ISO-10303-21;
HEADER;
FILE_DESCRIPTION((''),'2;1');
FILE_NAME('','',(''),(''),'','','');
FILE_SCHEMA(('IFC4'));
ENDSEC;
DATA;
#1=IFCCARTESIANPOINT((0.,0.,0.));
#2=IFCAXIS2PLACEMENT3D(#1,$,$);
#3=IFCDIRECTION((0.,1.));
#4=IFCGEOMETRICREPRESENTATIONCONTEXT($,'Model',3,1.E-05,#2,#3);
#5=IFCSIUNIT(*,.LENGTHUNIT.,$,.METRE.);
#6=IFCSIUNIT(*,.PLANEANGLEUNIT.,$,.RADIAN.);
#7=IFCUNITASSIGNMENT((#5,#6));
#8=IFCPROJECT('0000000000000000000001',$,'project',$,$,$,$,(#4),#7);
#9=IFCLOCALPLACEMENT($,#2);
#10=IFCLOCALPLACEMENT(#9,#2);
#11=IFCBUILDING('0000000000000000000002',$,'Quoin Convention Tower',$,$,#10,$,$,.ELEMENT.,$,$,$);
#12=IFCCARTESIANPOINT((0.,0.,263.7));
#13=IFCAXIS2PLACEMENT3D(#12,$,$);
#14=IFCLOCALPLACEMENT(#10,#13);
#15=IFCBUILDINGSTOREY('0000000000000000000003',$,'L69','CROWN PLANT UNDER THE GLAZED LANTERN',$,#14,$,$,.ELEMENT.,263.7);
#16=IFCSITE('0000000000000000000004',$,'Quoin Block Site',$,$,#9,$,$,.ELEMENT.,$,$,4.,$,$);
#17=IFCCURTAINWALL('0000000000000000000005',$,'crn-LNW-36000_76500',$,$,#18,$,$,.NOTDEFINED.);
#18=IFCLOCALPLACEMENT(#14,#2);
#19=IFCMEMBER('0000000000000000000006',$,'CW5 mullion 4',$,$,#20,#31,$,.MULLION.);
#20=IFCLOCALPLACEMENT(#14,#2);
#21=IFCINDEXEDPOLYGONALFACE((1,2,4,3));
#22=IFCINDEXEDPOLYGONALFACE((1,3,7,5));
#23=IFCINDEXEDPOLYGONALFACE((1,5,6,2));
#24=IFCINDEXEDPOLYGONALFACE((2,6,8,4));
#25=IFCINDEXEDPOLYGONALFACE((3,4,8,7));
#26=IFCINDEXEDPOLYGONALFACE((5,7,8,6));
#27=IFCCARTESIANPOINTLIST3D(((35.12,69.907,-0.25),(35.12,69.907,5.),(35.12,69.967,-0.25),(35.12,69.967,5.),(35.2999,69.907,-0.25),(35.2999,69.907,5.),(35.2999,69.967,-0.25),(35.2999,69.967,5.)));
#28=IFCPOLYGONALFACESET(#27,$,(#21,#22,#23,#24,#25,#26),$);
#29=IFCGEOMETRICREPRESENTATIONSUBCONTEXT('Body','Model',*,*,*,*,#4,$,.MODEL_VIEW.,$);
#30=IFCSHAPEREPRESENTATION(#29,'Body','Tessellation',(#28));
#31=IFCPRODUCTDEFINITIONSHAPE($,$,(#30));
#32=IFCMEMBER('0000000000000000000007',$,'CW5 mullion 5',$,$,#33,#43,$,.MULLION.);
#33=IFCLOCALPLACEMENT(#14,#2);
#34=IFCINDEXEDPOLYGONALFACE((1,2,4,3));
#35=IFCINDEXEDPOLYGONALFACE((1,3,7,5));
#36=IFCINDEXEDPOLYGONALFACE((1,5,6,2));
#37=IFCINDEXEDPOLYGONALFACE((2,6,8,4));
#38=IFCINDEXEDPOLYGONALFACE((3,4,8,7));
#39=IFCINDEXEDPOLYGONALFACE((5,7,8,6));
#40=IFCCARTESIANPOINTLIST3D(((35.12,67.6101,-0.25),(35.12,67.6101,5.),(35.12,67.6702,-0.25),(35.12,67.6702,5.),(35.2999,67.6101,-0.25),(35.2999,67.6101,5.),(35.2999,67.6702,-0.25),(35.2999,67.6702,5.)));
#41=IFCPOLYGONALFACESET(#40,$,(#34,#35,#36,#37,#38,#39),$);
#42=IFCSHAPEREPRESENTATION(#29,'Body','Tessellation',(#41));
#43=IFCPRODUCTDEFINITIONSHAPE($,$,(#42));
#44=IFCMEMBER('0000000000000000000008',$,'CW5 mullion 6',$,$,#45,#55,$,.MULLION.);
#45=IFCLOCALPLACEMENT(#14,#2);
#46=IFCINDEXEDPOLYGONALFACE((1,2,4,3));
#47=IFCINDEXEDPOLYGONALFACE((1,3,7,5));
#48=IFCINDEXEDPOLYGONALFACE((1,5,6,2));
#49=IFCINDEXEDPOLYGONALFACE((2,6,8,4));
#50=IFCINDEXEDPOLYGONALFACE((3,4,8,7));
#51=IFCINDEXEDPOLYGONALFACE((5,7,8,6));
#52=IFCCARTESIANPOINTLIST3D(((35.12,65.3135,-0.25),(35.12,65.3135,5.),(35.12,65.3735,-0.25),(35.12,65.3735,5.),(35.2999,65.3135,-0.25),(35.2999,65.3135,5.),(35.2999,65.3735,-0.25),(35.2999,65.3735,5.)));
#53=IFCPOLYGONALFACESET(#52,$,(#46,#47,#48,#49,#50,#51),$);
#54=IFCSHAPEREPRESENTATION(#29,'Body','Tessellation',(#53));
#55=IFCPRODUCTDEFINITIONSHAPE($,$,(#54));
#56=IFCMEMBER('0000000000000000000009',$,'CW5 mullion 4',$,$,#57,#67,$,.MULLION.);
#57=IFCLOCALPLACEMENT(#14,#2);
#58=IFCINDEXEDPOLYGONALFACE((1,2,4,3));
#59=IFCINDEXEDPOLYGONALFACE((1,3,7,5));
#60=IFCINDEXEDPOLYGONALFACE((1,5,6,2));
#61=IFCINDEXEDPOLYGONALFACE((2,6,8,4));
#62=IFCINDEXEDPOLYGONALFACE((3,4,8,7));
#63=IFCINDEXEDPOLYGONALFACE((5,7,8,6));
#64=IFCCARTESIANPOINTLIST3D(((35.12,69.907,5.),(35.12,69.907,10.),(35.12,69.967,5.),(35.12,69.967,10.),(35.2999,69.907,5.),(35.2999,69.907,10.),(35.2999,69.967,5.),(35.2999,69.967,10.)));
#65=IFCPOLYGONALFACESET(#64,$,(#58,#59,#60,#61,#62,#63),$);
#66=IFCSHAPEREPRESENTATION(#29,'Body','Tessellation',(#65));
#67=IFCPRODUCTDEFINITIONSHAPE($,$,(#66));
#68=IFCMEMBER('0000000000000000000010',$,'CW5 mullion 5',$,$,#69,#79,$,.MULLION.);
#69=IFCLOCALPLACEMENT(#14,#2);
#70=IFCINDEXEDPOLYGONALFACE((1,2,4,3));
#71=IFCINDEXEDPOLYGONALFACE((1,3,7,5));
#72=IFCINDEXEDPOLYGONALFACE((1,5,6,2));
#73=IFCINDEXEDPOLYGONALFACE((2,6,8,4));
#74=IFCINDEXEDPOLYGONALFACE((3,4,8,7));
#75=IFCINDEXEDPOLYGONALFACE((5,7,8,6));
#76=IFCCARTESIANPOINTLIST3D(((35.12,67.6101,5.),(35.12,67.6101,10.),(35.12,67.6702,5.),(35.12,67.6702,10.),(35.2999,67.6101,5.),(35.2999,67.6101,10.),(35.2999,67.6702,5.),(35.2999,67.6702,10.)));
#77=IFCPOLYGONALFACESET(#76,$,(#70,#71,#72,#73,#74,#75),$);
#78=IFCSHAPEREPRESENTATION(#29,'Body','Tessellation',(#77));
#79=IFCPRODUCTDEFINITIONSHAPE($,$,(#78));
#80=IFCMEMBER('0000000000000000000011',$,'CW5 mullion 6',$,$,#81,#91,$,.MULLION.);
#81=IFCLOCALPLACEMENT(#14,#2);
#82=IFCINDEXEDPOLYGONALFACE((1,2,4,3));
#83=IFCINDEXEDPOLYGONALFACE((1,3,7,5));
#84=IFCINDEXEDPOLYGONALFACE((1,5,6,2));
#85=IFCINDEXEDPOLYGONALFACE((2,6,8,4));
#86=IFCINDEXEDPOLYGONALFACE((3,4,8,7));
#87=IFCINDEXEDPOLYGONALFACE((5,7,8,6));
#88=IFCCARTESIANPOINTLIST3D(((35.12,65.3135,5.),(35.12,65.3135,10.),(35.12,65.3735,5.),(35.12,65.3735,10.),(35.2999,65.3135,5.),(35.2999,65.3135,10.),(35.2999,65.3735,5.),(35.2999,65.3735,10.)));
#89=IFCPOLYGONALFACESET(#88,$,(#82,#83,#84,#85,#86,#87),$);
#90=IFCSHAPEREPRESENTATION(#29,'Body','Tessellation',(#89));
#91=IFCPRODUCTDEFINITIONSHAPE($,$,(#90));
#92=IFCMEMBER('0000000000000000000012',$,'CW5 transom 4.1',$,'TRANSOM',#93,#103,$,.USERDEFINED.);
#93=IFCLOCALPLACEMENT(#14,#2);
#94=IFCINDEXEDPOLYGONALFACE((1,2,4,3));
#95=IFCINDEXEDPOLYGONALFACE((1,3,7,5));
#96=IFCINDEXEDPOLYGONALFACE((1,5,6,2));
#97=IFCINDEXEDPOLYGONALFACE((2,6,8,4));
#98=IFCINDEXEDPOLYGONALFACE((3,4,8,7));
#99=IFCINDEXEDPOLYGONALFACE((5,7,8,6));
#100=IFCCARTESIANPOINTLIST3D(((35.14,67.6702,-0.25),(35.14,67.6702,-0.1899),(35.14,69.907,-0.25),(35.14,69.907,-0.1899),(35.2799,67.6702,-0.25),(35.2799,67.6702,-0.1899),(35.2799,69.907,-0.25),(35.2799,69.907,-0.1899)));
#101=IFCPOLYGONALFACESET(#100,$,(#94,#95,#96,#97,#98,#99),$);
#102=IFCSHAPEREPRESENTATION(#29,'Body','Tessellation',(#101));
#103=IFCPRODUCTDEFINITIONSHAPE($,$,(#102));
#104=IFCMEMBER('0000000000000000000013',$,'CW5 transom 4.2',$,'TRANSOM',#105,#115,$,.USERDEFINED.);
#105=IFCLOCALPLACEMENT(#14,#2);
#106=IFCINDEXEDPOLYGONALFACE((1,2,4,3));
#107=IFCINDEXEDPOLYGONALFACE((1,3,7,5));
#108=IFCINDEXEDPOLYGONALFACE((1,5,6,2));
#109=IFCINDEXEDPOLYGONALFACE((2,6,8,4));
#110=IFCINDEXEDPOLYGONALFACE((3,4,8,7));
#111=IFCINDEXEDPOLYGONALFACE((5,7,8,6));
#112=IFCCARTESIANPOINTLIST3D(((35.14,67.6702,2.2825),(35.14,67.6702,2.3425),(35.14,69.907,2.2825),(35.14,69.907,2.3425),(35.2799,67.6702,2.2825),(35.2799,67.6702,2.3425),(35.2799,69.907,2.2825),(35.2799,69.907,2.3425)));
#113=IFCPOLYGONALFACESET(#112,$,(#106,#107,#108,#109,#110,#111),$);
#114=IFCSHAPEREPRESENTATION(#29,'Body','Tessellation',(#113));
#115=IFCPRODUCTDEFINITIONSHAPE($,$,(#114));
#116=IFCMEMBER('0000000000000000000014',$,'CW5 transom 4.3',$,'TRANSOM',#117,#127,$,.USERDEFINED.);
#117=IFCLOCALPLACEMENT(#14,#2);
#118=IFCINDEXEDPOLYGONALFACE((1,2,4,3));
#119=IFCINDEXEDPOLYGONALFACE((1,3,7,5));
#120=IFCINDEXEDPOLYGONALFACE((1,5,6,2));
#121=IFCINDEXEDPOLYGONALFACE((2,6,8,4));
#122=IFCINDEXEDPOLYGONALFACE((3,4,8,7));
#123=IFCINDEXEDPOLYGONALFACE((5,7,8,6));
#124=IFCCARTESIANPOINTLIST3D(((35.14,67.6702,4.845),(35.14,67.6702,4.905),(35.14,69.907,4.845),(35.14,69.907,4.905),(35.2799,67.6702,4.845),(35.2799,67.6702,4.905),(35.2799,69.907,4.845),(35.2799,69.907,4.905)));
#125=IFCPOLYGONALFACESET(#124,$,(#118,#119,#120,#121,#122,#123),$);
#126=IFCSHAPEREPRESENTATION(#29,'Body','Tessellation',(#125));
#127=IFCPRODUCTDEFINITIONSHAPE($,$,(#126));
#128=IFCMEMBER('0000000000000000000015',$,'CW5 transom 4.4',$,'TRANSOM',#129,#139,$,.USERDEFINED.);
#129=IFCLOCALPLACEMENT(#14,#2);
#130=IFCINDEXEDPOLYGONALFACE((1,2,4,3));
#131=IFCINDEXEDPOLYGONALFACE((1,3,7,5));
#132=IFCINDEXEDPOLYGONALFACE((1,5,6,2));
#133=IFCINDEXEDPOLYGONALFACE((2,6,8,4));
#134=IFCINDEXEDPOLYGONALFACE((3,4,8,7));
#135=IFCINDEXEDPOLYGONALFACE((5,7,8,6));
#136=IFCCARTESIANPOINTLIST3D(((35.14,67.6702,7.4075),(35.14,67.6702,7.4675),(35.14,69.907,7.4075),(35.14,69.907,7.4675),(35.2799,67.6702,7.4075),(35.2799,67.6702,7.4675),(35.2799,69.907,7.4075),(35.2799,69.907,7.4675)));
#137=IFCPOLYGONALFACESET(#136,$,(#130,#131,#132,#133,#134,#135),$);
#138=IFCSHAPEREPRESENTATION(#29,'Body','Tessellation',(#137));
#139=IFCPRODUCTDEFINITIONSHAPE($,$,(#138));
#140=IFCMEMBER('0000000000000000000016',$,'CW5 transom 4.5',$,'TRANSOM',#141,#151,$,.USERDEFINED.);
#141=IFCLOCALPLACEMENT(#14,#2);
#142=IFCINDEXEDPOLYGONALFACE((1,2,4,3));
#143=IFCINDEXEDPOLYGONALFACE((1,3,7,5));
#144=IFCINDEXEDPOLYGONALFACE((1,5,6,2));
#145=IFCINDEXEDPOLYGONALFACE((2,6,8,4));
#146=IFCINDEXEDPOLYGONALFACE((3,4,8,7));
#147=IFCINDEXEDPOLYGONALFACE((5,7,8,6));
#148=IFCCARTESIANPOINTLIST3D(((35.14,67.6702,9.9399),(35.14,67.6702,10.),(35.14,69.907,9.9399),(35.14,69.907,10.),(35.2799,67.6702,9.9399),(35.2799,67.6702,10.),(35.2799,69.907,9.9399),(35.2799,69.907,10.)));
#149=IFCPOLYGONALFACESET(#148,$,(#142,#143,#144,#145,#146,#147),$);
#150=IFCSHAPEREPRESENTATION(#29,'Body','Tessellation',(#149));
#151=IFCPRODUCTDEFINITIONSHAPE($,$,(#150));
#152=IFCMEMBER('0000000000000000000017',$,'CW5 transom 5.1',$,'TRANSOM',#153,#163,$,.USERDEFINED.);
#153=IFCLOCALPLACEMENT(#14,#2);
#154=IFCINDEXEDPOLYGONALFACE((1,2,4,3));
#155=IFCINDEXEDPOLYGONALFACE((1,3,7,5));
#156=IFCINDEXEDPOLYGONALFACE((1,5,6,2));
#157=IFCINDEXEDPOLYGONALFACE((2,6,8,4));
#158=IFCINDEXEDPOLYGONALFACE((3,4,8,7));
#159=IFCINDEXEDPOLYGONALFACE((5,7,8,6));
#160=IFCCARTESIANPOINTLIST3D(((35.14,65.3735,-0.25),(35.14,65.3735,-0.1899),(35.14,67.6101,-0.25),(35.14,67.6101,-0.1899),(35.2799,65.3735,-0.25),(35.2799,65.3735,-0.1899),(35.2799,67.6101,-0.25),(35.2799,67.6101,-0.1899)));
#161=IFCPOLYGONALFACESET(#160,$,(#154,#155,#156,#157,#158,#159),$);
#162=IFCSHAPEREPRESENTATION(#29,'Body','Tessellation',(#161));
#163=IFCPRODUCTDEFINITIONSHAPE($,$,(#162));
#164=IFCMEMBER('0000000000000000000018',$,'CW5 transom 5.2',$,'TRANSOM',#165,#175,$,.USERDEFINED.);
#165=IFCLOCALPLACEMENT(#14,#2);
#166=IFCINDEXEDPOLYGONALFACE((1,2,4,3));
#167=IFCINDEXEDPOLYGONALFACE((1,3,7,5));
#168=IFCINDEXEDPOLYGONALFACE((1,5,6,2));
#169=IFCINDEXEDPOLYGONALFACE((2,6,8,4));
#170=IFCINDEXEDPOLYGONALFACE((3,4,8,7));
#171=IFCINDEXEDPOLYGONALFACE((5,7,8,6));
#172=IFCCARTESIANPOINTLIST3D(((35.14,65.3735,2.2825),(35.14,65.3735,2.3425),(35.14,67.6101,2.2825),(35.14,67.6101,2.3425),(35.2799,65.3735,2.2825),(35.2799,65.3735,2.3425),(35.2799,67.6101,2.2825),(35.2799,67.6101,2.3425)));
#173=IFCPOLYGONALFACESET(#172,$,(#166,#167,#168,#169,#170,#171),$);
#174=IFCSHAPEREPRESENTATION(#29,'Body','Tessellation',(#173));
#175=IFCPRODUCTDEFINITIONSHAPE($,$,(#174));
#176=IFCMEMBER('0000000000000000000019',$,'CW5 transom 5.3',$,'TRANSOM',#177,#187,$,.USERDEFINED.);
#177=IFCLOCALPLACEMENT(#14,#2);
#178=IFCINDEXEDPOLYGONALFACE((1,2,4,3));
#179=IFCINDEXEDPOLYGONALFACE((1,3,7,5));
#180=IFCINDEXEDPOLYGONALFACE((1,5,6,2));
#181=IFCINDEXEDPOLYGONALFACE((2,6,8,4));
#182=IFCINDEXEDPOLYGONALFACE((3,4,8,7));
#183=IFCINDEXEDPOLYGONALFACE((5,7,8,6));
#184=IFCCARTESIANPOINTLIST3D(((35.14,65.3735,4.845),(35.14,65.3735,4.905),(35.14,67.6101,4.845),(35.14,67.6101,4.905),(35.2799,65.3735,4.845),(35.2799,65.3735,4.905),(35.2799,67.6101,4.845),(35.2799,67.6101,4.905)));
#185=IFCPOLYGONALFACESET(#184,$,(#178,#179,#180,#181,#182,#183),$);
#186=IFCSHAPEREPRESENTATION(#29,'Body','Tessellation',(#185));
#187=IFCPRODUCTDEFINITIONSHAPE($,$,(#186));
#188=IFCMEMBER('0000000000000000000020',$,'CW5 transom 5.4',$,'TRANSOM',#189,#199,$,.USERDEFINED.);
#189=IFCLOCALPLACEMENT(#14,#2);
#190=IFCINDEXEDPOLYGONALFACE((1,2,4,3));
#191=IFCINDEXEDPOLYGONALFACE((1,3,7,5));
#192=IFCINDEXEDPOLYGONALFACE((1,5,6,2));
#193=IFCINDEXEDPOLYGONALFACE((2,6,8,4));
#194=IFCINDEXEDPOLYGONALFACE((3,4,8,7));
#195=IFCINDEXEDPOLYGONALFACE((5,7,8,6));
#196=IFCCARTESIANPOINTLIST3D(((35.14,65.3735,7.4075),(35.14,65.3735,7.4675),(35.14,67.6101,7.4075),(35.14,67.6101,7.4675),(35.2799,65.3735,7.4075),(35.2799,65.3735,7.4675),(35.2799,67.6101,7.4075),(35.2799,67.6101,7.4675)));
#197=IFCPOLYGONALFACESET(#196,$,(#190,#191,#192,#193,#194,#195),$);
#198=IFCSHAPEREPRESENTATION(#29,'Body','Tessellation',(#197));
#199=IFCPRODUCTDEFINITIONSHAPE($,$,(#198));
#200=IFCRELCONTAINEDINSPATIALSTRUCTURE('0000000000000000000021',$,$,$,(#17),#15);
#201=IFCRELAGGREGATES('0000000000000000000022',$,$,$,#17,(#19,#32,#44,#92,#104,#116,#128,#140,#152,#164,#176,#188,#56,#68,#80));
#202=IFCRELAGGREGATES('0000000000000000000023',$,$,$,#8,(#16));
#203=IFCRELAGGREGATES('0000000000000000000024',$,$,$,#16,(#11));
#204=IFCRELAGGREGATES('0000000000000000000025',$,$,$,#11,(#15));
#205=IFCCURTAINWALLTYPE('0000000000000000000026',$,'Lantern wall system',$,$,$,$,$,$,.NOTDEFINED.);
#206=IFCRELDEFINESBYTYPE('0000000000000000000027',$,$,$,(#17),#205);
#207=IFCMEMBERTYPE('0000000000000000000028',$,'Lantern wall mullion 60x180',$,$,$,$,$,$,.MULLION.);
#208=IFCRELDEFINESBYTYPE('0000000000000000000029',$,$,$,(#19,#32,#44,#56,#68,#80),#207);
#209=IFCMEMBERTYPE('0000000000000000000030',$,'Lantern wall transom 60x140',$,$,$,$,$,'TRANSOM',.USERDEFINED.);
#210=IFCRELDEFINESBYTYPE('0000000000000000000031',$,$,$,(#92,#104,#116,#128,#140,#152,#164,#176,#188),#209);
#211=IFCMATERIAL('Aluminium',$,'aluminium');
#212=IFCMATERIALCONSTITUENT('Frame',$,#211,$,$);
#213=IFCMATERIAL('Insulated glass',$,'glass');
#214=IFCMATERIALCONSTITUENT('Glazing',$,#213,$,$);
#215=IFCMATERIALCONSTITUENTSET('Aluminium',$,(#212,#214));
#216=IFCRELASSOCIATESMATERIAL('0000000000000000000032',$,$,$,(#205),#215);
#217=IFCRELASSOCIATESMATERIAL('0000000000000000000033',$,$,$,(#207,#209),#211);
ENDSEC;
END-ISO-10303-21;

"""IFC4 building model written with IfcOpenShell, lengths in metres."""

from ifc_helpers import new_model, si_unit, direction, frame, origin, origin_2d, place, context, subcontext, project, spatial, rectangle, extrude, material, constituent, constituent_set, material_profile, profile_set, type_object, element, aggregate, save


model = new_model("IFC4")

# Units and contexts
model_context = context("Model", 3, precision=1e-05, world=origin(), true_north=direction((0.0, 1.0)))
body_context = subcontext(model_context, "Body", "Model", "MODEL_VIEW")
ifc_project = project(units=[si_unit("LENGTHUNIT", "METRE"), si_unit("PLANEANGLEUNIT", "RADIAN")], contexts=[model_context])

# Site, building, storey
site_placement = place(None, origin())
site = spatial("IfcSite", under=ifc_project, at=site_placement, Name="Quoin Block Site", CompositionType="ELEMENT", RefElevation=4.0)
building_placement = place(site_placement, origin())
building = spatial("IfcBuilding", under=site, at=building_placement, Name="Quoin Convention Tower", CompositionType="ELEMENT")
storey_placement = place(building_placement, frame((0.0, 0.0, 263.7)))
storey = spatial("IfcBuildingStorey", under=building, at=storey_placement, Name="L69", Description="CROWN PLANT UNDER THE GLAZED LANTERN", CompositionType="ELEMENT", Elevation=263.7)

# Curtain wall, members
ifc_material_1 = material(Name="Aluminium", Category="aluminium")
ifc_constituent_1 = constituent(ifc_material_1, Name="Frame")
ifc_material_2 = material(Name="Insulated glass", Category="glass")
ifc_constituent_2 = constituent(ifc_material_2, Name="Glazing")
ifc_constituent_set = constituent_set(constituents=[ifc_constituent_1, ifc_constituent_2], Name="Aluminium")
curtain_wall_type = type_object("IfcCurtainWallType", Name="Lantern wall system", PredefinedType="NOTDEFINED", material=ifc_constituent_set)
curtain_wall_placement = place(storey_placement, origin())
curtain_wall = element("IfcCurtainWall", 1, at=curtain_wall_placement, inside=storey, type_object=curtain_wall_type, Name="crn-LNW-36000_76500", PredefinedType="NOTDEFINED")
ifc_material_profile_1 = material_profile(ifc_material_1, rectangle(XDim=0.1799, YDim=0.0601, at=origin_2d()), Name="Lantern wall mullion 60x180")
ifc_profile_set_1 = profile_set([ifc_material_profile_1], Name="Aluminium")
member_type_1 = type_object("IfcMemberType", Name="Lantern wall mullion 60x180", PredefinedType="MULLION", material=ifc_profile_set_1)
member_1_placement = place(storey_placement, frame((35.21, 69.937, -0.25), z_axis=(0.0, 0.0, 1.0), x_axis=(1.0, 0.0, 0.0)))
member_1 = element("IfcMember", 2, at=member_1_placement, type_object=member_type_1, Name="CW5 mullion 4", PredefinedType="MULLION", context=body_context, shape_type="SweptSolid", body=[
    extrude(rectangle(XDim=0.1799, YDim=0.0601, at=origin_2d()), origin(), (0.0, 0.0, 1.0), 5.25),
])
member_2_placement = place(storey_placement, frame((35.21, 67.6401, -0.25), z_axis=(0.0, 0.0, 1.0), x_axis=(1.0, 0.0, 0.0)))
member_2 = element("IfcMember", 3, at=member_2_placement, type_object=member_type_1, Name="CW5 mullion 5", PredefinedType="MULLION", context=body_context, shape_type="SweptSolid", body=[
    extrude(rectangle(XDim=0.1799, YDim=0.0601, at=origin_2d()), origin(), (0.0, 0.0, 1.0), 5.25),
])
member_3_placement = place(storey_placement, frame((35.21, 65.3435, -0.25), z_axis=(0.0, 0.0, 1.0), x_axis=(1.0, 0.0, 0.0)))
member_3 = element("IfcMember", 4, at=member_3_placement, type_object=member_type_1, Name="CW5 mullion 6", PredefinedType="MULLION", context=body_context, shape_type="SweptSolid", body=[
    extrude(rectangle(XDim=0.1799, YDim=0.0601, at=origin_2d()), origin(), (0.0, 0.0, 1.0), 5.25),
])
member_4_placement = place(storey_placement, frame((35.21, 69.937, 5.0), z_axis=(0.0, 0.0, 1.0), x_axis=(1.0, 0.0, 0.0)))
member_4 = element("IfcMember", 5, at=member_4_placement, type_object=member_type_1, Name="CW5 mullion 4", PredefinedType="MULLION", context=body_context, shape_type="SweptSolid", body=[
    extrude(rectangle(XDim=0.1799, YDim=0.0601, at=origin_2d()), origin(), (0.0, 0.0, 1.0), 5.0),
])
member_5_placement = place(storey_placement, frame((35.21, 67.6401, 5.0), z_axis=(0.0, 0.0, 1.0), x_axis=(1.0, 0.0, 0.0)))
member_5 = element("IfcMember", 6, at=member_5_placement, type_object=member_type_1, Name="CW5 mullion 5", PredefinedType="MULLION", context=body_context, shape_type="SweptSolid", body=[
    extrude(rectangle(XDim=0.1799, YDim=0.0601, at=origin_2d()), origin(), (0.0, 0.0, 1.0), 5.0),
])
member_6_placement = place(storey_placement, frame((35.21, 65.3435, 5.0), z_axis=(0.0, 0.0, 1.0), x_axis=(1.0, 0.0, 0.0)))
member_6 = element("IfcMember", 7, at=member_6_placement, type_object=member_type_1, Name="CW5 mullion 6", PredefinedType="MULLION", context=body_context, shape_type="SweptSolid", body=[
    extrude(rectangle(XDim=0.1799, YDim=0.0601, at=origin_2d()), origin(), (0.0, 0.0, 1.0), 5.0),
])
ifc_material_profile_2 = material_profile(ifc_material_1, rectangle(XDim=0.1399, YDim=0.0601, at=origin_2d()), Name="Lantern wall transom 60x140")
ifc_profile_set_2 = profile_set([ifc_material_profile_2], Name="Aluminium")
member_type_2 = type_object("IfcMemberType", Name="Lantern wall transom 60x140", ElementType="TRANSOM", PredefinedType="USERDEFINED", material=ifc_profile_set_2)
member_7_placement = place(storey_placement, frame((35.21, 69.907, -0.22), z_axis=(0.0, -1.0, 0.0), x_axis=(1.0, 0.0, 0.0)))
member_7 = element("IfcMember", 8, at=member_7_placement, type_object=member_type_2, Name="CW5 transom 4.1", ObjectType="TRANSOM", PredefinedType="USERDEFINED", context=body_context, shape_type="SweptSolid", body=[
    extrude(rectangle(XDim=0.1399, YDim=0.0601, at=origin_2d()), origin(), (0.0, 0.0, 1.0), 2.2368),
])
member_8_placement = place(storey_placement, frame((35.21, 69.907, 2.3125), z_axis=(0.0, -1.0, 0.0), x_axis=(1.0, 0.0, 0.0)))
member_8 = element("IfcMember", 9, at=member_8_placement, type_object=member_type_2, Name="CW5 transom 4.2", ObjectType="TRANSOM", PredefinedType="USERDEFINED", context=body_context, shape_type="SweptSolid", body=[
    extrude(rectangle(XDim=0.1399, YDim=0.0601, at=origin_2d()), origin(), (0.0, 0.0, 1.0), 2.2368),
])
member_9_placement = place(storey_placement, frame((35.21, 69.907, 4.875), z_axis=(0.0, -1.0, 0.0), x_axis=(1.0, 0.0, 0.0)))
member_9 = element("IfcMember", 10, at=member_9_placement, type_object=member_type_2, Name="CW5 transom 4.3", ObjectType="TRANSOM", PredefinedType="USERDEFINED", context=body_context, shape_type="SweptSolid", body=[
    extrude(rectangle(XDim=0.1399, YDim=0.0601, at=origin_2d()), origin(), (0.0, 0.0, 1.0), 2.2368),
])
member_10_placement = place(storey_placement, frame((35.21, 69.907, 7.4375), z_axis=(0.0, -1.0, 0.0), x_axis=(1.0, 0.0, 0.0)))
member_10 = element("IfcMember", 11, at=member_10_placement, type_object=member_type_2, Name="CW5 transom 4.4", ObjectType="TRANSOM", PredefinedType="USERDEFINED", context=body_context, shape_type="SweptSolid", body=[
    extrude(rectangle(XDim=0.1399, YDim=0.0601, at=origin_2d()), origin(), (0.0, 0.0, 1.0), 2.2368),
])
member_11_placement = place(storey_placement, frame((35.21, 69.907, 9.97), z_axis=(0.0, -1.0, 0.0), x_axis=(1.0, 0.0, 0.0)))
member_11 = element("IfcMember", 12, at=member_11_placement, type_object=member_type_2, Name="CW5 transom 4.5", ObjectType="TRANSOM", PredefinedType="USERDEFINED", context=body_context, shape_type="SweptSolid", body=[
    extrude(rectangle(XDim=0.1399, YDim=0.0601, at=origin_2d()), origin(), (0.0, 0.0, 1.0), 2.2368),
])
member_12_placement = place(storey_placement, frame((35.21, 67.6101, -0.22), z_axis=(0.0, -1.0, 0.0), x_axis=(1.0, 0.0, 0.0)))
member_12 = element("IfcMember", 13, at=member_12_placement, type_object=member_type_2, Name="CW5 transom 5.1", ObjectType="TRANSOM", PredefinedType="USERDEFINED", context=body_context, shape_type="SweptSolid", body=[
    extrude(rectangle(XDim=0.1399, YDim=0.0601, at=origin_2d()), origin(), (0.0, 0.0, 1.0), 2.2366),
])
member_13_placement = place(storey_placement, frame((35.21, 67.6101, 2.3125), z_axis=(0.0, -1.0, 0.0), x_axis=(1.0, 0.0, 0.0)))
member_13 = element("IfcMember", 14, at=member_13_placement, type_object=member_type_2, Name="CW5 transom 5.2", ObjectType="TRANSOM", PredefinedType="USERDEFINED", context=body_context, shape_type="SweptSolid", body=[
    extrude(rectangle(XDim=0.1399, YDim=0.0601, at=origin_2d()), origin(), (0.0, 0.0, 1.0), 2.2366),
])
member_14_placement = place(storey_placement, frame((35.21, 67.6101, 4.875), z_axis=(0.0, -1.0, 0.0), x_axis=(1.0, 0.0, 0.0)))
member_14 = element("IfcMember", 15, at=member_14_placement, type_object=member_type_2, Name="CW5 transom 5.3", ObjectType="TRANSOM", PredefinedType="USERDEFINED", context=body_context, shape_type="SweptSolid", body=[
    extrude(rectangle(XDim=0.1399, YDim=0.0601, at=origin_2d()), origin(), (0.0, 0.0, 1.0), 2.2366),
])
member_15_placement = place(storey_placement, frame((35.21, 67.6101, 7.4375), z_axis=(0.0, -1.0, 0.0), x_axis=(1.0, 0.0, 0.0)))
member_15 = element("IfcMember", 16, at=member_15_placement, type_object=member_type_2, Name="CW5 transom 5.4", ObjectType="TRANSOM", PredefinedType="USERDEFINED", context=body_context, shape_type="SweptSolid", body=[
    extrude(rectangle(XDim=0.1399, YDim=0.0601, at=origin_2d()), origin(), (0.0, 0.0, 1.0), 2.2366),
])
aggregate(curtain_wall, [member_1, member_2, member_3, member_7, member_8, member_9, member_10, member_11, member_12, member_13, member_14, member_15, member_4, member_5, member_6])

save(model, "model.ifc")
